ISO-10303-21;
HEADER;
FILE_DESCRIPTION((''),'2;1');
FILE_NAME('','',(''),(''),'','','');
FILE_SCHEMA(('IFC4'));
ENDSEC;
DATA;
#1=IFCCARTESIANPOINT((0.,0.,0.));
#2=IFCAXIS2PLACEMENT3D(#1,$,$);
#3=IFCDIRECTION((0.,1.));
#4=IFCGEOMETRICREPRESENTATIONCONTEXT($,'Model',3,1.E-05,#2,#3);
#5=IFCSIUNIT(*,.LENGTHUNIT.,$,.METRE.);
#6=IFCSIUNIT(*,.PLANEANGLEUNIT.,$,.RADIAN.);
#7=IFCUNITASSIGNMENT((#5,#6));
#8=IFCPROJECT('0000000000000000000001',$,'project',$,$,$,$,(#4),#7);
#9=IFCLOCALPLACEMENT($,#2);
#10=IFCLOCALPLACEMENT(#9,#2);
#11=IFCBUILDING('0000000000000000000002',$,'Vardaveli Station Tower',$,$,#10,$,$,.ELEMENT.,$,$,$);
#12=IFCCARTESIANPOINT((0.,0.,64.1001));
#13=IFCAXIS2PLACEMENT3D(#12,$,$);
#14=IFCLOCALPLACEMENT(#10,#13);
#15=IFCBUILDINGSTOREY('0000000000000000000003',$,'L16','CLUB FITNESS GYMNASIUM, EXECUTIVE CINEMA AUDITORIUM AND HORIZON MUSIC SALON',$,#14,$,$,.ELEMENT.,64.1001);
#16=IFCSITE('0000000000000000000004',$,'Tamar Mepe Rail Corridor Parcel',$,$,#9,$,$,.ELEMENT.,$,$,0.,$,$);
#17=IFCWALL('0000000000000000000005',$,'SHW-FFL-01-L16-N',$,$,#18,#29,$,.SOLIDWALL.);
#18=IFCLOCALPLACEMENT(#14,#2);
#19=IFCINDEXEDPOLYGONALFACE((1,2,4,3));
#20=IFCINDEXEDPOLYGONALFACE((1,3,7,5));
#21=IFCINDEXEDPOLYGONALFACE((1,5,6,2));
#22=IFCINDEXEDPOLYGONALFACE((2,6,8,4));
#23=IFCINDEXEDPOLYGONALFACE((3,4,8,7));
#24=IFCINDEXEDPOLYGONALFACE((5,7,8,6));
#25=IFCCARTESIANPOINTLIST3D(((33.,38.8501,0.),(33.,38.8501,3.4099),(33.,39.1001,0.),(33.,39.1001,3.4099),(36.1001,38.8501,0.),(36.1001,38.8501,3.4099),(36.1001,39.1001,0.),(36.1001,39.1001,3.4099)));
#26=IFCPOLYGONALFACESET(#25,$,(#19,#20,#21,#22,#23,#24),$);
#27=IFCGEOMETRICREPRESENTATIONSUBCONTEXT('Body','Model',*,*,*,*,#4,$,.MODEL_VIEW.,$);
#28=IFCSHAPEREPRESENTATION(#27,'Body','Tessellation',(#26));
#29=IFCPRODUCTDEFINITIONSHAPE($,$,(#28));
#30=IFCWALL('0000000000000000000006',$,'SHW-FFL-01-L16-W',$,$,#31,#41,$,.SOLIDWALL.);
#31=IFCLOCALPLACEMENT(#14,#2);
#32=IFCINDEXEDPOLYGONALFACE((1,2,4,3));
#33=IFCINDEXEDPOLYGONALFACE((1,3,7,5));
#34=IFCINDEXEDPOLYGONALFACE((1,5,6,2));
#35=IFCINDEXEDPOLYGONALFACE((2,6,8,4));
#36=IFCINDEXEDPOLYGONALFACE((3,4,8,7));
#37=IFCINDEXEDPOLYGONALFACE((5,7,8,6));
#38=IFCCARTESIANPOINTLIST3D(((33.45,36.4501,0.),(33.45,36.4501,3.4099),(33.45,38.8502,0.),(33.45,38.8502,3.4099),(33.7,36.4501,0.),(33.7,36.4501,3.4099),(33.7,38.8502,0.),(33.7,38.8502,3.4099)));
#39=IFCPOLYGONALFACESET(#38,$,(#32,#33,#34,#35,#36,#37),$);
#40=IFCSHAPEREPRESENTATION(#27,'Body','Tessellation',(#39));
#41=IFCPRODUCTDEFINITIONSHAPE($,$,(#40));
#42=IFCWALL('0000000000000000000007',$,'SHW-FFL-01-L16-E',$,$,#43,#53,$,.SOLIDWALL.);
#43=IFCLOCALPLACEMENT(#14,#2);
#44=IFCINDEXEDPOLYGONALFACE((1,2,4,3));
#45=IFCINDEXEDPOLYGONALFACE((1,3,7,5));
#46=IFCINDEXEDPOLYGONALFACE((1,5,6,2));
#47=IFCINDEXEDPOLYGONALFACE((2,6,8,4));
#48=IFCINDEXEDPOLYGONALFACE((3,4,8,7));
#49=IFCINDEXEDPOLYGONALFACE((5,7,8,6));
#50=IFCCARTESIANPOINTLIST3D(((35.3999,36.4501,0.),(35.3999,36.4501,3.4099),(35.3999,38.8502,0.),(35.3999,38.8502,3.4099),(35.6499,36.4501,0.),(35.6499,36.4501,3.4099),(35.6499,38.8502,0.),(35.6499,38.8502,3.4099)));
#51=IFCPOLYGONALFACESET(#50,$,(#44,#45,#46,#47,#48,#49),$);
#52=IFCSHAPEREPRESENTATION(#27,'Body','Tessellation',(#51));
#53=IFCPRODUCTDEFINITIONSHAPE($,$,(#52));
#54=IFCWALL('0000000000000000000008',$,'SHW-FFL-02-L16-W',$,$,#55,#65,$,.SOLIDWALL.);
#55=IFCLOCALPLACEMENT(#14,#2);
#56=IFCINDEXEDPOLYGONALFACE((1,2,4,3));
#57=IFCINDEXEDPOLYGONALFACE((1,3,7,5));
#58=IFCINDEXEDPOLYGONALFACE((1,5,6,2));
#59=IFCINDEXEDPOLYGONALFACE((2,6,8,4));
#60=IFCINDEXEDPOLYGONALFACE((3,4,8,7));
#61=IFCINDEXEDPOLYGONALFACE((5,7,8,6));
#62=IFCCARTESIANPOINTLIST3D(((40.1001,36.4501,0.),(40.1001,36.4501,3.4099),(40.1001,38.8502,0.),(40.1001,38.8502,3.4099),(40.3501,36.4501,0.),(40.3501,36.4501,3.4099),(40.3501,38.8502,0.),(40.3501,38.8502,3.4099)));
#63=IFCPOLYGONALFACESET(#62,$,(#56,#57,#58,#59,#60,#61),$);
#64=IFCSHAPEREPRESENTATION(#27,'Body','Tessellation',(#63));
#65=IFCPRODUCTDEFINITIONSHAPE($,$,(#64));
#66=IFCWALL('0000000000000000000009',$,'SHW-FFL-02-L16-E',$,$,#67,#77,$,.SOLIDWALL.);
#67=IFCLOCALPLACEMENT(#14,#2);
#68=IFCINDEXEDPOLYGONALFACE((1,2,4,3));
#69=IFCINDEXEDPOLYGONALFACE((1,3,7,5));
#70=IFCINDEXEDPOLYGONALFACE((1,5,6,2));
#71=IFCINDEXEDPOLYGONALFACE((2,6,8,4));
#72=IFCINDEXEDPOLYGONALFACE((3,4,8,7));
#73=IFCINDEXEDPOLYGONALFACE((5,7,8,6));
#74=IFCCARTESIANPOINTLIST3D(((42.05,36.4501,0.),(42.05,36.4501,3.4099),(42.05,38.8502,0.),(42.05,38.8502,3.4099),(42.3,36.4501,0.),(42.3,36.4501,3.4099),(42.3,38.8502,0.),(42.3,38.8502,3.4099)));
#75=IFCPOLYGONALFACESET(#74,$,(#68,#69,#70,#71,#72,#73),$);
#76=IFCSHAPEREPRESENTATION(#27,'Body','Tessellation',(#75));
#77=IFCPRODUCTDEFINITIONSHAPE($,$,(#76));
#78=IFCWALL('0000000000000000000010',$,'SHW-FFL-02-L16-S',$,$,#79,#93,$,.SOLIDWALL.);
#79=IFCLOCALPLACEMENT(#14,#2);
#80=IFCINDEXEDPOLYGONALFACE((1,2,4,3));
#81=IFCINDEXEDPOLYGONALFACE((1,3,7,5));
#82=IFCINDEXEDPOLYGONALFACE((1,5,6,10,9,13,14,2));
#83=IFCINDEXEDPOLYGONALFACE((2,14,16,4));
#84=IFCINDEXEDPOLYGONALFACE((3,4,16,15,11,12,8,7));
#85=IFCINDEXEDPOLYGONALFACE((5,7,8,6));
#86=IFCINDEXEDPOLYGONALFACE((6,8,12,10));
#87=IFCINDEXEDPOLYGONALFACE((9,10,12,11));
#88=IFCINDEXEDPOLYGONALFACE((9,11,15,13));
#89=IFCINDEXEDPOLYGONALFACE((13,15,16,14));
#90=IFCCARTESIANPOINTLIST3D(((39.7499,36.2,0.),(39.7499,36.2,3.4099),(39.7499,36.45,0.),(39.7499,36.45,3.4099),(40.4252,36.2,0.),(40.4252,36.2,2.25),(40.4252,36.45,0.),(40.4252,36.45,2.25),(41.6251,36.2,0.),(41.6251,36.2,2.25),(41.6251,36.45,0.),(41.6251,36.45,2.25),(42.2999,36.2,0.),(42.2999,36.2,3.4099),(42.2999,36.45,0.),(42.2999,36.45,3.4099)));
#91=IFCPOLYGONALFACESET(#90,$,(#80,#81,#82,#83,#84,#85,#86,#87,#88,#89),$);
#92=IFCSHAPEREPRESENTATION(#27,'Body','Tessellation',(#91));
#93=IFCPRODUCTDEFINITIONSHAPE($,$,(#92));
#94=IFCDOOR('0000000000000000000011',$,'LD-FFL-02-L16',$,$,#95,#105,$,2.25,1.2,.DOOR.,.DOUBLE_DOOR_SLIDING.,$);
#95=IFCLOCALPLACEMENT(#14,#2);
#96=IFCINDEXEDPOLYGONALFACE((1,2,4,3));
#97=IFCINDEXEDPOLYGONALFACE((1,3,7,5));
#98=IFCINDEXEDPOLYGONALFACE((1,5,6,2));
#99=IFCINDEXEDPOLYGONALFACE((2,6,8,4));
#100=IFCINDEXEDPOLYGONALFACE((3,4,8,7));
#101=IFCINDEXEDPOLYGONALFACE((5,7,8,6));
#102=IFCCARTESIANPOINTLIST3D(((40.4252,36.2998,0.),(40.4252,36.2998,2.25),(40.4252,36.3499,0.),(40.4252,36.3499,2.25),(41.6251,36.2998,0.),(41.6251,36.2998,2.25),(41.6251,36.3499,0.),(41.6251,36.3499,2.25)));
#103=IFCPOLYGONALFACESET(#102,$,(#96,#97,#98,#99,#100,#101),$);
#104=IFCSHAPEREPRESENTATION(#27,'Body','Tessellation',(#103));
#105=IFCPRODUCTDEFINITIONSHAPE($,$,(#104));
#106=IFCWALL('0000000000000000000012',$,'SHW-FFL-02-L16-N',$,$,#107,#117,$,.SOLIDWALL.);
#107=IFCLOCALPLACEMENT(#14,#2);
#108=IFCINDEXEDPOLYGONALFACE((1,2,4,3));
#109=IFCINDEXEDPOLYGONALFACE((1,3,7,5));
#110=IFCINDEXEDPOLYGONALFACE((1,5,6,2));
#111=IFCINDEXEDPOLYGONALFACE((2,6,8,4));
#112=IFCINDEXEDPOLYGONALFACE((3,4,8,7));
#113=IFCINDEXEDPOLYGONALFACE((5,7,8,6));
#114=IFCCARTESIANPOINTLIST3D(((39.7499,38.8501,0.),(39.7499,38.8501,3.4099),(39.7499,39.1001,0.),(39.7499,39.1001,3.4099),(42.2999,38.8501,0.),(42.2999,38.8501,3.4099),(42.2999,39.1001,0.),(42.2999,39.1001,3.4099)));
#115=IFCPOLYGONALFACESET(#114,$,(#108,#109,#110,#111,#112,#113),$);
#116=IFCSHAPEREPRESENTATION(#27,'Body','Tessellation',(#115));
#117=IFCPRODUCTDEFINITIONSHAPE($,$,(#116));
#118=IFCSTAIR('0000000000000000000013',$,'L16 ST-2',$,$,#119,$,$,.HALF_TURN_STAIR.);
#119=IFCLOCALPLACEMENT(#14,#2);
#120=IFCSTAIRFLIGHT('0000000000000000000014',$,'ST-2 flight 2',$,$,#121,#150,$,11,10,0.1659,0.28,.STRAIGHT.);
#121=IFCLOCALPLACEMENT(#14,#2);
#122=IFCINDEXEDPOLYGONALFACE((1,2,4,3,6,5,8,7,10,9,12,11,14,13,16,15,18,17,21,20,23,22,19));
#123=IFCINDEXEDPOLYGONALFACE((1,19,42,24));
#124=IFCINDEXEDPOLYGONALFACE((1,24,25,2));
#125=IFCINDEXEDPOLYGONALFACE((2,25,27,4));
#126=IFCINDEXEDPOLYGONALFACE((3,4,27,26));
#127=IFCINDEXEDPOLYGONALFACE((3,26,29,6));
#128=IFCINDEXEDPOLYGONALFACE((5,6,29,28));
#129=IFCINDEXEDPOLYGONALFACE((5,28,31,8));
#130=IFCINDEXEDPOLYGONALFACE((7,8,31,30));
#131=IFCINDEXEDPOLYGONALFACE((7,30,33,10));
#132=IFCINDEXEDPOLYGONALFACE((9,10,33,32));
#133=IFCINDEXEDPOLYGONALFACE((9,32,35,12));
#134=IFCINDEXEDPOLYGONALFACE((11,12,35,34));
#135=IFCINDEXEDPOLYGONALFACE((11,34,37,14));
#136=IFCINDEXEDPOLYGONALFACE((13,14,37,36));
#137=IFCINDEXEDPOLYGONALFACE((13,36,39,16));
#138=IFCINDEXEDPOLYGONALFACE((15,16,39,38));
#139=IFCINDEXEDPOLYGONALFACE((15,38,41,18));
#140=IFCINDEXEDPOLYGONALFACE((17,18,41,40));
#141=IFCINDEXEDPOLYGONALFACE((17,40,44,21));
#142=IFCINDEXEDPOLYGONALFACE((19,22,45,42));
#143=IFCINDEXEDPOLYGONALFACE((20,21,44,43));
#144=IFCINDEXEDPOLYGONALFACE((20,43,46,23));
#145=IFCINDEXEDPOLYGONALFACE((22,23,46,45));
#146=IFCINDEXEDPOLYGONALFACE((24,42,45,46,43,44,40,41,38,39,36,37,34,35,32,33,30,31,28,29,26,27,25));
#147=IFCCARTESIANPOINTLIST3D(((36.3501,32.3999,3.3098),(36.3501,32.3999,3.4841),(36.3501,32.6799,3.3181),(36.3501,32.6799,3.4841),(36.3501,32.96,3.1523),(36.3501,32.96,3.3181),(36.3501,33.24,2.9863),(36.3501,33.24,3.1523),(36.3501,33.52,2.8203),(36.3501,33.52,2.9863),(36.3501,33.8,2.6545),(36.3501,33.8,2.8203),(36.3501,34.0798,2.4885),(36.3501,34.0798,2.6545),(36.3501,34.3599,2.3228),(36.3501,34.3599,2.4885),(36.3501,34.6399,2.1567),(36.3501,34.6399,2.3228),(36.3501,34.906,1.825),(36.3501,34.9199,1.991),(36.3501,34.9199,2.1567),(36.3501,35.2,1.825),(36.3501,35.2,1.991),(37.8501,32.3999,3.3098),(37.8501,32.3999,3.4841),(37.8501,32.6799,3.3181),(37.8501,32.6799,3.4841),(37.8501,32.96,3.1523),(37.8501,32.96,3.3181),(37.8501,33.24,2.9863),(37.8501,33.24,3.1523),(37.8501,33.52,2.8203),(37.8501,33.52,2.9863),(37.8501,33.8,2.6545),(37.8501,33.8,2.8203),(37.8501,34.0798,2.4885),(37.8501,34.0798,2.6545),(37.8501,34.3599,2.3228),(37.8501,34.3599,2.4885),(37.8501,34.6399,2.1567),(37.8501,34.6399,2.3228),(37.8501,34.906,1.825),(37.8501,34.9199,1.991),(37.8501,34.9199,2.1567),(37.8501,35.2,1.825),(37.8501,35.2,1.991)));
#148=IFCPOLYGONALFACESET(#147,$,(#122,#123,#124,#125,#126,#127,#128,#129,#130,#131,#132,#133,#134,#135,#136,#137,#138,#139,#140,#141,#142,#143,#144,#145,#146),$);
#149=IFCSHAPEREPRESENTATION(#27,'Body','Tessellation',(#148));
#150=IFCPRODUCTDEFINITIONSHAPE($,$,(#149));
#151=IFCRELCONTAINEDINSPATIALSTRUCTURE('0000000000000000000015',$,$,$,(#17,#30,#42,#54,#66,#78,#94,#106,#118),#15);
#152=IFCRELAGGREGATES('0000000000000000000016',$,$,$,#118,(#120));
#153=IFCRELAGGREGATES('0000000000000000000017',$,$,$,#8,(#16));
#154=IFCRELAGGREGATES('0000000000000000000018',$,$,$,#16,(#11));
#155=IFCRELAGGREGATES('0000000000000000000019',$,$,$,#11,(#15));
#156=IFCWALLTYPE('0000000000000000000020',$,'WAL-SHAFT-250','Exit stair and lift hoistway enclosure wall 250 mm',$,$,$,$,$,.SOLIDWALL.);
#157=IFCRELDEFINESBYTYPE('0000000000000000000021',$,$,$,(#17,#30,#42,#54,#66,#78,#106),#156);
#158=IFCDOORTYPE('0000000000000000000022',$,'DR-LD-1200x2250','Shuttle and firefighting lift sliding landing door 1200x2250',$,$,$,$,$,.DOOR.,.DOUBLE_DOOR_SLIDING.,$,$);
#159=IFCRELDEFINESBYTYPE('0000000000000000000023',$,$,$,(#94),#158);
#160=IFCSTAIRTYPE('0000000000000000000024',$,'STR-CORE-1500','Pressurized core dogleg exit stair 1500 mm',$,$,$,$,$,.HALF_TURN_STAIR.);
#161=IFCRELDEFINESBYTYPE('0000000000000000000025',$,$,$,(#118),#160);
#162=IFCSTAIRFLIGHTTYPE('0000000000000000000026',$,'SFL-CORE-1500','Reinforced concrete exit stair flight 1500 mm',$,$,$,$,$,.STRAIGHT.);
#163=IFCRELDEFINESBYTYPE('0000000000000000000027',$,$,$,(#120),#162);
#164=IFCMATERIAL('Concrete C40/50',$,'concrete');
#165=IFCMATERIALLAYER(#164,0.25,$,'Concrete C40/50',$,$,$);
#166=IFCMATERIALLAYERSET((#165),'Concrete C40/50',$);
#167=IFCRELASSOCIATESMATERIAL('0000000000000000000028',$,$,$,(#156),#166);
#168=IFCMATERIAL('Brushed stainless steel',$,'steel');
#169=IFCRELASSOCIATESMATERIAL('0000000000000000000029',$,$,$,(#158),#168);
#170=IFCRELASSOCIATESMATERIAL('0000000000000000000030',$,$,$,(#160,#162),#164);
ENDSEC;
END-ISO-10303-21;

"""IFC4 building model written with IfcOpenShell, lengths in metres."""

from ifc_helpers import new_model, si_unit, direction, frame, frame_2d, origin, place, context, subcontext, project, spatial, polyline, rectangle, outline, extrude, source, transform, mapped, material, layer, layer_set, type_object, element, fill, aggregate, save


model = new_model("IFC4")

# Units and contexts
model_context = context("Model", 3, precision=1e-05, world=origin(), true_north=direction((0.0, 1.0)))
body_context = subcontext(model_context, "Body", "Model", "MODEL_VIEW")
ifc_project = project(units=[si_unit("LENGTHUNIT", "METRE"), si_unit("PLANEANGLEUNIT", "RADIAN")], contexts=[model_context])

# Site, building, storey
site_placement = place(None, origin())
site = spatial("IfcSite", under=ifc_project, at=site_placement, Name="Tamar Mepe Rail Corridor Parcel", CompositionType="ELEMENT", RefElevation=0.0)
building_placement = place(site_placement, origin())
building = spatial("IfcBuilding", under=site, at=building_placement, Name="Vardaveli Station Tower", CompositionType="ELEMENT")
storey_placement = place(building_placement, frame((0.0, 0.0, 64.1001)))
storey = spatial("IfcBuildingStorey", under=building, at=storey_placement, Name="L16", Description="CLUB FITNESS GYMNASIUM, EXECUTIVE CINEMA AUDITORIUM AND HORIZON MUSIC SALON", CompositionType="ELEMENT", Elevation=64.1001)

# Shared definitions
ifc_material_1 = material(Name="Concrete C40/50", Category="concrete")
ifc_layer_1 = layer(ifc_material_1, 0.25, Name="Concrete C40/50")
ifc_layer_set_1 = layer_set([ifc_layer_1], Name="Concrete C40/50")
wall_type_1 = type_object("IfcWallType", Name="WAL-SHAFT-250", Description="Exit stair and lift hoistway enclosure wall 250 mm", PredefinedType="SOLIDWALL", material=ifc_layer_set_1)

# Shared definitions
shared_shape_1 = source(origin(), body_context, "Body", "SweptSolid", [
    extrude(rectangle(XDim=3.1001, YDim=0.25, at=frame_2d((1.55, 0.0))), origin(), (0.0, 0.0, 1.0), 3.4099),
])
shared_shape_2 = source(origin(), body_context, "Body", "SweptSolid", [
    extrude(rectangle(XDim=1.2, YDim=2.25, at=frame_2d((0.6001, 1.125))), frame((0.0, 0.135, 0.0), z_axis=(0.0, -1.0, 0.0), x_axis=(1.0, 0.0, 0.0)), (0.0, 0.0, 1.0), 0.27),
])
ifc_material_2 = material(Name="Brushed stainless steel", Category="steel")
door_type = type_object("IfcDoorType", Name="DR-LD-1200x2250", Description="Shuttle and firefighting lift sliding landing door 1200x2250", OperationType="DOUBLE_DOOR_SLIDING", PredefinedType="DOOR", material=ifc_material_2)
shared_shape_3 = source(origin(), body_context, "Body", "SweptSolid", [
    extrude(rectangle(XDim=1.2, YDim=2.25, at=frame_2d((0.6001, 1.125))), frame((0.0, 0.0249, 0.0), z_axis=(0.0, -1.0, 0.0), x_axis=(1.0, 0.0, 0.0)), (0.0, 0.0, 1.0), 0.05),
])

# Walls
wall_1_placement = place(storey_placement, frame((33.0, 38.9751, 0.0), z_axis=(0.0, 0.0, 1.0), x_axis=(1.0, 0.0, 0.0)))
element("IfcWall", 1, at=wall_1_placement, inside=storey, type_object=wall_type_1, Name="SHW-FFL-01-L16-N", PredefinedType="SOLIDWALL", context=body_context, shape_type="MappedRepresentation", body=[
    mapped(shared_shape_1, transform((0.0, 0.0, 0.0), scale=1.0)),
])
shared_shape_4 = source(origin(), body_context, "Body", "SweptSolid", [
    extrude(rectangle(XDim=2.4001, YDim=0.25, at=frame_2d((1.2002, 0.0))), origin(), (0.0, 0.0, 1.0), 3.4099),
])
for number, where, z_axis, x_axis, name in (
    (2, (33.575, 36.45, 0.0), (0.0, 0.0, 1.0), (0.0, 1.0, 0.0), "SHW-FFL-01-L16-W"),
    (3, (35.5249, 36.45, 0.0), (0.0, 0.0, 1.0), (0.0, 1.0, 0.0), "SHW-FFL-01-L16-E"),
    (4, (40.2251, 36.45, 0.0), (0.0, 0.0, 1.0), (0.0, 1.0, 0.0), "SHW-FFL-02-L16-W"),
    (5, (42.175, 36.45, 0.0), (0.0, 0.0, 1.0), (0.0, 1.0, 0.0), "SHW-FFL-02-L16-E"),
):
    element("IfcWall", number, at=place(storey_placement, frame(where, z_axis=z_axis, x_axis=x_axis)), inside=storey, type_object=wall_type_1, Name=name, PredefinedType="SOLIDWALL", context=body_context, shape_type="MappedRepresentation", body=[
        mapped(shared_shape_4, transform((0.0, 0.0, 0.0), scale=1.0)),
    ])

# Wall, opening, door
shared_shape_5 = source(origin(), body_context, "Body", "SweptSolid", [
    extrude(rectangle(XDim=2.55, YDim=0.25, at=frame_2d((1.2749, 0.0))), origin(), (0.0, 0.0, 1.0), 3.4099),
])
wall_2_placement = place(storey_placement, frame((39.75, 36.325, 0.0), z_axis=(0.0, 0.0, 1.0), x_axis=(1.0, 0.0, 0.0)))
wall_2 = element("IfcWall", 6, at=wall_2_placement, inside=storey, type_object=wall_type_1, Name="SHW-FFL-02-L16-S", PredefinedType="SOLIDWALL", context=body_context, shape_type="MappedRepresentation", body=[
    mapped(shared_shape_5, transform((0.0, 0.0, 0.0), scale=1.0)),
])
opening_1_placement = place(wall_2_placement, frame((0.675, 0.0, 0.0)))
opening_1 = element("IfcOpeningElement", 7, at=opening_1_placement, cuts=wall_2, PredefinedType="OPENING", context=body_context, shape_type="MappedRepresentation", body=[
    mapped(shared_shape_2, transform((0.0, 0.0, 0.0), scale=1.0)),
])
door_1_placement = place(opening_1_placement, origin())
door_1 = element("IfcDoor", 8, at=door_1_placement, inside=storey, type_object=door_type, Name="LD-FFL-02-L16", OperationType="DOUBLE_DOOR_SLIDING", OverallHeight=2.25, OverallWidth=1.2, PredefinedType="DOOR", context=body_context, shape_type="MappedRepresentation", body=[
    mapped(shared_shape_3, transform((0.0, 0.0, 0.0), scale=1.0)),
])
fill(opening_1, door_1)

# Wall
wall_3_placement = place(storey_placement, frame((39.75, 38.9751, 0.0), z_axis=(0.0, 0.0, 1.0), x_axis=(1.0, 0.0, 0.0)))
element("IfcWall", 9, at=wall_3_placement, inside=storey, type_object=wall_type_1, Name="SHW-FFL-02-L16-N", PredefinedType="SOLIDWALL", context=body_context, shape_type="MappedRepresentation", body=[
    mapped(shared_shape_5, transform((0.0, 0.0, 0.0), scale=1.0)),
])

# Stair, stair flight
stair_type = type_object("IfcStairType", Name="STR-CORE-1500", Description="Pressurized core dogleg exit stair 1500 mm", PredefinedType="HALF_TURN_STAIR", material=ifc_material_1)
stair_placement = place(storey_placement, origin())
stair = element("IfcStair", 10, at=stair_placement, inside=storey, type_object=stair_type, Name="L16 ST-2", PredefinedType="HALF_TURN_STAIR")
stair_flight_type = type_object("IfcStairFlightType", Name="SFL-CORE-1500", Description="Reinforced concrete exit stair flight 1500 mm", PredefinedType="STRAIGHT", material=ifc_material_1)
shared_shape_6 = source(origin(), body_context, "Body", "SweptSolid", [
    extrude(outline(polyline([(0.0, 0.0), (0.0, 0.166), (0.28, 0.166), (0.28, 0.3318), (0.5601, 0.3318), (0.5601, 0.4978), (0.8401, 0.4978), (0.8401, 0.6636), (1.1201, 0.6636), (1.1201, 0.8296), (1.3999, 0.8296), (1.3999, 0.9954), (1.6799, 0.9954), (1.6799, 1.1614), (1.96, 1.1614), (1.96, 1.3274), (2.24, 1.3274), (2.24, 1.4932), (2.52, 1.4932), (2.52, 1.6592), (2.8, 1.6592), (2.8, 1.825), (2.8, 1.4849), (0.2939, 0.0), (0.0, 0.0)])), frame((0.0, 0.75, 0.0), z_axis=(0.0, -1.0, 0.0), x_axis=(1.0, 0.0, 0.0)), (0.0, 0.0, 1.0), 1.5),
])
stair_flight_placement = place(storey_placement, frame((37.1001, 35.2, 1.825), z_axis=(0.0, 0.0, 1.0), x_axis=(0.0, -1.0, 0.0)))
stair_flight = element("IfcStairFlight", 11, at=stair_flight_placement, type_object=stair_flight_type, Name="ST-2 flight 2", NumberOfRisers=11, NumberOfTreads=10, PredefinedType="STRAIGHT", RiserHeight=0.1659, TreadLength=0.28, context=body_context, shape_type="MappedRepresentation", body=[
    mapped(shared_shape_6, transform((0.0, 0.0, 0.0), scale=1.0)),
])
aggregate(stair, [stair_flight])

save(model, "model.ifc")
